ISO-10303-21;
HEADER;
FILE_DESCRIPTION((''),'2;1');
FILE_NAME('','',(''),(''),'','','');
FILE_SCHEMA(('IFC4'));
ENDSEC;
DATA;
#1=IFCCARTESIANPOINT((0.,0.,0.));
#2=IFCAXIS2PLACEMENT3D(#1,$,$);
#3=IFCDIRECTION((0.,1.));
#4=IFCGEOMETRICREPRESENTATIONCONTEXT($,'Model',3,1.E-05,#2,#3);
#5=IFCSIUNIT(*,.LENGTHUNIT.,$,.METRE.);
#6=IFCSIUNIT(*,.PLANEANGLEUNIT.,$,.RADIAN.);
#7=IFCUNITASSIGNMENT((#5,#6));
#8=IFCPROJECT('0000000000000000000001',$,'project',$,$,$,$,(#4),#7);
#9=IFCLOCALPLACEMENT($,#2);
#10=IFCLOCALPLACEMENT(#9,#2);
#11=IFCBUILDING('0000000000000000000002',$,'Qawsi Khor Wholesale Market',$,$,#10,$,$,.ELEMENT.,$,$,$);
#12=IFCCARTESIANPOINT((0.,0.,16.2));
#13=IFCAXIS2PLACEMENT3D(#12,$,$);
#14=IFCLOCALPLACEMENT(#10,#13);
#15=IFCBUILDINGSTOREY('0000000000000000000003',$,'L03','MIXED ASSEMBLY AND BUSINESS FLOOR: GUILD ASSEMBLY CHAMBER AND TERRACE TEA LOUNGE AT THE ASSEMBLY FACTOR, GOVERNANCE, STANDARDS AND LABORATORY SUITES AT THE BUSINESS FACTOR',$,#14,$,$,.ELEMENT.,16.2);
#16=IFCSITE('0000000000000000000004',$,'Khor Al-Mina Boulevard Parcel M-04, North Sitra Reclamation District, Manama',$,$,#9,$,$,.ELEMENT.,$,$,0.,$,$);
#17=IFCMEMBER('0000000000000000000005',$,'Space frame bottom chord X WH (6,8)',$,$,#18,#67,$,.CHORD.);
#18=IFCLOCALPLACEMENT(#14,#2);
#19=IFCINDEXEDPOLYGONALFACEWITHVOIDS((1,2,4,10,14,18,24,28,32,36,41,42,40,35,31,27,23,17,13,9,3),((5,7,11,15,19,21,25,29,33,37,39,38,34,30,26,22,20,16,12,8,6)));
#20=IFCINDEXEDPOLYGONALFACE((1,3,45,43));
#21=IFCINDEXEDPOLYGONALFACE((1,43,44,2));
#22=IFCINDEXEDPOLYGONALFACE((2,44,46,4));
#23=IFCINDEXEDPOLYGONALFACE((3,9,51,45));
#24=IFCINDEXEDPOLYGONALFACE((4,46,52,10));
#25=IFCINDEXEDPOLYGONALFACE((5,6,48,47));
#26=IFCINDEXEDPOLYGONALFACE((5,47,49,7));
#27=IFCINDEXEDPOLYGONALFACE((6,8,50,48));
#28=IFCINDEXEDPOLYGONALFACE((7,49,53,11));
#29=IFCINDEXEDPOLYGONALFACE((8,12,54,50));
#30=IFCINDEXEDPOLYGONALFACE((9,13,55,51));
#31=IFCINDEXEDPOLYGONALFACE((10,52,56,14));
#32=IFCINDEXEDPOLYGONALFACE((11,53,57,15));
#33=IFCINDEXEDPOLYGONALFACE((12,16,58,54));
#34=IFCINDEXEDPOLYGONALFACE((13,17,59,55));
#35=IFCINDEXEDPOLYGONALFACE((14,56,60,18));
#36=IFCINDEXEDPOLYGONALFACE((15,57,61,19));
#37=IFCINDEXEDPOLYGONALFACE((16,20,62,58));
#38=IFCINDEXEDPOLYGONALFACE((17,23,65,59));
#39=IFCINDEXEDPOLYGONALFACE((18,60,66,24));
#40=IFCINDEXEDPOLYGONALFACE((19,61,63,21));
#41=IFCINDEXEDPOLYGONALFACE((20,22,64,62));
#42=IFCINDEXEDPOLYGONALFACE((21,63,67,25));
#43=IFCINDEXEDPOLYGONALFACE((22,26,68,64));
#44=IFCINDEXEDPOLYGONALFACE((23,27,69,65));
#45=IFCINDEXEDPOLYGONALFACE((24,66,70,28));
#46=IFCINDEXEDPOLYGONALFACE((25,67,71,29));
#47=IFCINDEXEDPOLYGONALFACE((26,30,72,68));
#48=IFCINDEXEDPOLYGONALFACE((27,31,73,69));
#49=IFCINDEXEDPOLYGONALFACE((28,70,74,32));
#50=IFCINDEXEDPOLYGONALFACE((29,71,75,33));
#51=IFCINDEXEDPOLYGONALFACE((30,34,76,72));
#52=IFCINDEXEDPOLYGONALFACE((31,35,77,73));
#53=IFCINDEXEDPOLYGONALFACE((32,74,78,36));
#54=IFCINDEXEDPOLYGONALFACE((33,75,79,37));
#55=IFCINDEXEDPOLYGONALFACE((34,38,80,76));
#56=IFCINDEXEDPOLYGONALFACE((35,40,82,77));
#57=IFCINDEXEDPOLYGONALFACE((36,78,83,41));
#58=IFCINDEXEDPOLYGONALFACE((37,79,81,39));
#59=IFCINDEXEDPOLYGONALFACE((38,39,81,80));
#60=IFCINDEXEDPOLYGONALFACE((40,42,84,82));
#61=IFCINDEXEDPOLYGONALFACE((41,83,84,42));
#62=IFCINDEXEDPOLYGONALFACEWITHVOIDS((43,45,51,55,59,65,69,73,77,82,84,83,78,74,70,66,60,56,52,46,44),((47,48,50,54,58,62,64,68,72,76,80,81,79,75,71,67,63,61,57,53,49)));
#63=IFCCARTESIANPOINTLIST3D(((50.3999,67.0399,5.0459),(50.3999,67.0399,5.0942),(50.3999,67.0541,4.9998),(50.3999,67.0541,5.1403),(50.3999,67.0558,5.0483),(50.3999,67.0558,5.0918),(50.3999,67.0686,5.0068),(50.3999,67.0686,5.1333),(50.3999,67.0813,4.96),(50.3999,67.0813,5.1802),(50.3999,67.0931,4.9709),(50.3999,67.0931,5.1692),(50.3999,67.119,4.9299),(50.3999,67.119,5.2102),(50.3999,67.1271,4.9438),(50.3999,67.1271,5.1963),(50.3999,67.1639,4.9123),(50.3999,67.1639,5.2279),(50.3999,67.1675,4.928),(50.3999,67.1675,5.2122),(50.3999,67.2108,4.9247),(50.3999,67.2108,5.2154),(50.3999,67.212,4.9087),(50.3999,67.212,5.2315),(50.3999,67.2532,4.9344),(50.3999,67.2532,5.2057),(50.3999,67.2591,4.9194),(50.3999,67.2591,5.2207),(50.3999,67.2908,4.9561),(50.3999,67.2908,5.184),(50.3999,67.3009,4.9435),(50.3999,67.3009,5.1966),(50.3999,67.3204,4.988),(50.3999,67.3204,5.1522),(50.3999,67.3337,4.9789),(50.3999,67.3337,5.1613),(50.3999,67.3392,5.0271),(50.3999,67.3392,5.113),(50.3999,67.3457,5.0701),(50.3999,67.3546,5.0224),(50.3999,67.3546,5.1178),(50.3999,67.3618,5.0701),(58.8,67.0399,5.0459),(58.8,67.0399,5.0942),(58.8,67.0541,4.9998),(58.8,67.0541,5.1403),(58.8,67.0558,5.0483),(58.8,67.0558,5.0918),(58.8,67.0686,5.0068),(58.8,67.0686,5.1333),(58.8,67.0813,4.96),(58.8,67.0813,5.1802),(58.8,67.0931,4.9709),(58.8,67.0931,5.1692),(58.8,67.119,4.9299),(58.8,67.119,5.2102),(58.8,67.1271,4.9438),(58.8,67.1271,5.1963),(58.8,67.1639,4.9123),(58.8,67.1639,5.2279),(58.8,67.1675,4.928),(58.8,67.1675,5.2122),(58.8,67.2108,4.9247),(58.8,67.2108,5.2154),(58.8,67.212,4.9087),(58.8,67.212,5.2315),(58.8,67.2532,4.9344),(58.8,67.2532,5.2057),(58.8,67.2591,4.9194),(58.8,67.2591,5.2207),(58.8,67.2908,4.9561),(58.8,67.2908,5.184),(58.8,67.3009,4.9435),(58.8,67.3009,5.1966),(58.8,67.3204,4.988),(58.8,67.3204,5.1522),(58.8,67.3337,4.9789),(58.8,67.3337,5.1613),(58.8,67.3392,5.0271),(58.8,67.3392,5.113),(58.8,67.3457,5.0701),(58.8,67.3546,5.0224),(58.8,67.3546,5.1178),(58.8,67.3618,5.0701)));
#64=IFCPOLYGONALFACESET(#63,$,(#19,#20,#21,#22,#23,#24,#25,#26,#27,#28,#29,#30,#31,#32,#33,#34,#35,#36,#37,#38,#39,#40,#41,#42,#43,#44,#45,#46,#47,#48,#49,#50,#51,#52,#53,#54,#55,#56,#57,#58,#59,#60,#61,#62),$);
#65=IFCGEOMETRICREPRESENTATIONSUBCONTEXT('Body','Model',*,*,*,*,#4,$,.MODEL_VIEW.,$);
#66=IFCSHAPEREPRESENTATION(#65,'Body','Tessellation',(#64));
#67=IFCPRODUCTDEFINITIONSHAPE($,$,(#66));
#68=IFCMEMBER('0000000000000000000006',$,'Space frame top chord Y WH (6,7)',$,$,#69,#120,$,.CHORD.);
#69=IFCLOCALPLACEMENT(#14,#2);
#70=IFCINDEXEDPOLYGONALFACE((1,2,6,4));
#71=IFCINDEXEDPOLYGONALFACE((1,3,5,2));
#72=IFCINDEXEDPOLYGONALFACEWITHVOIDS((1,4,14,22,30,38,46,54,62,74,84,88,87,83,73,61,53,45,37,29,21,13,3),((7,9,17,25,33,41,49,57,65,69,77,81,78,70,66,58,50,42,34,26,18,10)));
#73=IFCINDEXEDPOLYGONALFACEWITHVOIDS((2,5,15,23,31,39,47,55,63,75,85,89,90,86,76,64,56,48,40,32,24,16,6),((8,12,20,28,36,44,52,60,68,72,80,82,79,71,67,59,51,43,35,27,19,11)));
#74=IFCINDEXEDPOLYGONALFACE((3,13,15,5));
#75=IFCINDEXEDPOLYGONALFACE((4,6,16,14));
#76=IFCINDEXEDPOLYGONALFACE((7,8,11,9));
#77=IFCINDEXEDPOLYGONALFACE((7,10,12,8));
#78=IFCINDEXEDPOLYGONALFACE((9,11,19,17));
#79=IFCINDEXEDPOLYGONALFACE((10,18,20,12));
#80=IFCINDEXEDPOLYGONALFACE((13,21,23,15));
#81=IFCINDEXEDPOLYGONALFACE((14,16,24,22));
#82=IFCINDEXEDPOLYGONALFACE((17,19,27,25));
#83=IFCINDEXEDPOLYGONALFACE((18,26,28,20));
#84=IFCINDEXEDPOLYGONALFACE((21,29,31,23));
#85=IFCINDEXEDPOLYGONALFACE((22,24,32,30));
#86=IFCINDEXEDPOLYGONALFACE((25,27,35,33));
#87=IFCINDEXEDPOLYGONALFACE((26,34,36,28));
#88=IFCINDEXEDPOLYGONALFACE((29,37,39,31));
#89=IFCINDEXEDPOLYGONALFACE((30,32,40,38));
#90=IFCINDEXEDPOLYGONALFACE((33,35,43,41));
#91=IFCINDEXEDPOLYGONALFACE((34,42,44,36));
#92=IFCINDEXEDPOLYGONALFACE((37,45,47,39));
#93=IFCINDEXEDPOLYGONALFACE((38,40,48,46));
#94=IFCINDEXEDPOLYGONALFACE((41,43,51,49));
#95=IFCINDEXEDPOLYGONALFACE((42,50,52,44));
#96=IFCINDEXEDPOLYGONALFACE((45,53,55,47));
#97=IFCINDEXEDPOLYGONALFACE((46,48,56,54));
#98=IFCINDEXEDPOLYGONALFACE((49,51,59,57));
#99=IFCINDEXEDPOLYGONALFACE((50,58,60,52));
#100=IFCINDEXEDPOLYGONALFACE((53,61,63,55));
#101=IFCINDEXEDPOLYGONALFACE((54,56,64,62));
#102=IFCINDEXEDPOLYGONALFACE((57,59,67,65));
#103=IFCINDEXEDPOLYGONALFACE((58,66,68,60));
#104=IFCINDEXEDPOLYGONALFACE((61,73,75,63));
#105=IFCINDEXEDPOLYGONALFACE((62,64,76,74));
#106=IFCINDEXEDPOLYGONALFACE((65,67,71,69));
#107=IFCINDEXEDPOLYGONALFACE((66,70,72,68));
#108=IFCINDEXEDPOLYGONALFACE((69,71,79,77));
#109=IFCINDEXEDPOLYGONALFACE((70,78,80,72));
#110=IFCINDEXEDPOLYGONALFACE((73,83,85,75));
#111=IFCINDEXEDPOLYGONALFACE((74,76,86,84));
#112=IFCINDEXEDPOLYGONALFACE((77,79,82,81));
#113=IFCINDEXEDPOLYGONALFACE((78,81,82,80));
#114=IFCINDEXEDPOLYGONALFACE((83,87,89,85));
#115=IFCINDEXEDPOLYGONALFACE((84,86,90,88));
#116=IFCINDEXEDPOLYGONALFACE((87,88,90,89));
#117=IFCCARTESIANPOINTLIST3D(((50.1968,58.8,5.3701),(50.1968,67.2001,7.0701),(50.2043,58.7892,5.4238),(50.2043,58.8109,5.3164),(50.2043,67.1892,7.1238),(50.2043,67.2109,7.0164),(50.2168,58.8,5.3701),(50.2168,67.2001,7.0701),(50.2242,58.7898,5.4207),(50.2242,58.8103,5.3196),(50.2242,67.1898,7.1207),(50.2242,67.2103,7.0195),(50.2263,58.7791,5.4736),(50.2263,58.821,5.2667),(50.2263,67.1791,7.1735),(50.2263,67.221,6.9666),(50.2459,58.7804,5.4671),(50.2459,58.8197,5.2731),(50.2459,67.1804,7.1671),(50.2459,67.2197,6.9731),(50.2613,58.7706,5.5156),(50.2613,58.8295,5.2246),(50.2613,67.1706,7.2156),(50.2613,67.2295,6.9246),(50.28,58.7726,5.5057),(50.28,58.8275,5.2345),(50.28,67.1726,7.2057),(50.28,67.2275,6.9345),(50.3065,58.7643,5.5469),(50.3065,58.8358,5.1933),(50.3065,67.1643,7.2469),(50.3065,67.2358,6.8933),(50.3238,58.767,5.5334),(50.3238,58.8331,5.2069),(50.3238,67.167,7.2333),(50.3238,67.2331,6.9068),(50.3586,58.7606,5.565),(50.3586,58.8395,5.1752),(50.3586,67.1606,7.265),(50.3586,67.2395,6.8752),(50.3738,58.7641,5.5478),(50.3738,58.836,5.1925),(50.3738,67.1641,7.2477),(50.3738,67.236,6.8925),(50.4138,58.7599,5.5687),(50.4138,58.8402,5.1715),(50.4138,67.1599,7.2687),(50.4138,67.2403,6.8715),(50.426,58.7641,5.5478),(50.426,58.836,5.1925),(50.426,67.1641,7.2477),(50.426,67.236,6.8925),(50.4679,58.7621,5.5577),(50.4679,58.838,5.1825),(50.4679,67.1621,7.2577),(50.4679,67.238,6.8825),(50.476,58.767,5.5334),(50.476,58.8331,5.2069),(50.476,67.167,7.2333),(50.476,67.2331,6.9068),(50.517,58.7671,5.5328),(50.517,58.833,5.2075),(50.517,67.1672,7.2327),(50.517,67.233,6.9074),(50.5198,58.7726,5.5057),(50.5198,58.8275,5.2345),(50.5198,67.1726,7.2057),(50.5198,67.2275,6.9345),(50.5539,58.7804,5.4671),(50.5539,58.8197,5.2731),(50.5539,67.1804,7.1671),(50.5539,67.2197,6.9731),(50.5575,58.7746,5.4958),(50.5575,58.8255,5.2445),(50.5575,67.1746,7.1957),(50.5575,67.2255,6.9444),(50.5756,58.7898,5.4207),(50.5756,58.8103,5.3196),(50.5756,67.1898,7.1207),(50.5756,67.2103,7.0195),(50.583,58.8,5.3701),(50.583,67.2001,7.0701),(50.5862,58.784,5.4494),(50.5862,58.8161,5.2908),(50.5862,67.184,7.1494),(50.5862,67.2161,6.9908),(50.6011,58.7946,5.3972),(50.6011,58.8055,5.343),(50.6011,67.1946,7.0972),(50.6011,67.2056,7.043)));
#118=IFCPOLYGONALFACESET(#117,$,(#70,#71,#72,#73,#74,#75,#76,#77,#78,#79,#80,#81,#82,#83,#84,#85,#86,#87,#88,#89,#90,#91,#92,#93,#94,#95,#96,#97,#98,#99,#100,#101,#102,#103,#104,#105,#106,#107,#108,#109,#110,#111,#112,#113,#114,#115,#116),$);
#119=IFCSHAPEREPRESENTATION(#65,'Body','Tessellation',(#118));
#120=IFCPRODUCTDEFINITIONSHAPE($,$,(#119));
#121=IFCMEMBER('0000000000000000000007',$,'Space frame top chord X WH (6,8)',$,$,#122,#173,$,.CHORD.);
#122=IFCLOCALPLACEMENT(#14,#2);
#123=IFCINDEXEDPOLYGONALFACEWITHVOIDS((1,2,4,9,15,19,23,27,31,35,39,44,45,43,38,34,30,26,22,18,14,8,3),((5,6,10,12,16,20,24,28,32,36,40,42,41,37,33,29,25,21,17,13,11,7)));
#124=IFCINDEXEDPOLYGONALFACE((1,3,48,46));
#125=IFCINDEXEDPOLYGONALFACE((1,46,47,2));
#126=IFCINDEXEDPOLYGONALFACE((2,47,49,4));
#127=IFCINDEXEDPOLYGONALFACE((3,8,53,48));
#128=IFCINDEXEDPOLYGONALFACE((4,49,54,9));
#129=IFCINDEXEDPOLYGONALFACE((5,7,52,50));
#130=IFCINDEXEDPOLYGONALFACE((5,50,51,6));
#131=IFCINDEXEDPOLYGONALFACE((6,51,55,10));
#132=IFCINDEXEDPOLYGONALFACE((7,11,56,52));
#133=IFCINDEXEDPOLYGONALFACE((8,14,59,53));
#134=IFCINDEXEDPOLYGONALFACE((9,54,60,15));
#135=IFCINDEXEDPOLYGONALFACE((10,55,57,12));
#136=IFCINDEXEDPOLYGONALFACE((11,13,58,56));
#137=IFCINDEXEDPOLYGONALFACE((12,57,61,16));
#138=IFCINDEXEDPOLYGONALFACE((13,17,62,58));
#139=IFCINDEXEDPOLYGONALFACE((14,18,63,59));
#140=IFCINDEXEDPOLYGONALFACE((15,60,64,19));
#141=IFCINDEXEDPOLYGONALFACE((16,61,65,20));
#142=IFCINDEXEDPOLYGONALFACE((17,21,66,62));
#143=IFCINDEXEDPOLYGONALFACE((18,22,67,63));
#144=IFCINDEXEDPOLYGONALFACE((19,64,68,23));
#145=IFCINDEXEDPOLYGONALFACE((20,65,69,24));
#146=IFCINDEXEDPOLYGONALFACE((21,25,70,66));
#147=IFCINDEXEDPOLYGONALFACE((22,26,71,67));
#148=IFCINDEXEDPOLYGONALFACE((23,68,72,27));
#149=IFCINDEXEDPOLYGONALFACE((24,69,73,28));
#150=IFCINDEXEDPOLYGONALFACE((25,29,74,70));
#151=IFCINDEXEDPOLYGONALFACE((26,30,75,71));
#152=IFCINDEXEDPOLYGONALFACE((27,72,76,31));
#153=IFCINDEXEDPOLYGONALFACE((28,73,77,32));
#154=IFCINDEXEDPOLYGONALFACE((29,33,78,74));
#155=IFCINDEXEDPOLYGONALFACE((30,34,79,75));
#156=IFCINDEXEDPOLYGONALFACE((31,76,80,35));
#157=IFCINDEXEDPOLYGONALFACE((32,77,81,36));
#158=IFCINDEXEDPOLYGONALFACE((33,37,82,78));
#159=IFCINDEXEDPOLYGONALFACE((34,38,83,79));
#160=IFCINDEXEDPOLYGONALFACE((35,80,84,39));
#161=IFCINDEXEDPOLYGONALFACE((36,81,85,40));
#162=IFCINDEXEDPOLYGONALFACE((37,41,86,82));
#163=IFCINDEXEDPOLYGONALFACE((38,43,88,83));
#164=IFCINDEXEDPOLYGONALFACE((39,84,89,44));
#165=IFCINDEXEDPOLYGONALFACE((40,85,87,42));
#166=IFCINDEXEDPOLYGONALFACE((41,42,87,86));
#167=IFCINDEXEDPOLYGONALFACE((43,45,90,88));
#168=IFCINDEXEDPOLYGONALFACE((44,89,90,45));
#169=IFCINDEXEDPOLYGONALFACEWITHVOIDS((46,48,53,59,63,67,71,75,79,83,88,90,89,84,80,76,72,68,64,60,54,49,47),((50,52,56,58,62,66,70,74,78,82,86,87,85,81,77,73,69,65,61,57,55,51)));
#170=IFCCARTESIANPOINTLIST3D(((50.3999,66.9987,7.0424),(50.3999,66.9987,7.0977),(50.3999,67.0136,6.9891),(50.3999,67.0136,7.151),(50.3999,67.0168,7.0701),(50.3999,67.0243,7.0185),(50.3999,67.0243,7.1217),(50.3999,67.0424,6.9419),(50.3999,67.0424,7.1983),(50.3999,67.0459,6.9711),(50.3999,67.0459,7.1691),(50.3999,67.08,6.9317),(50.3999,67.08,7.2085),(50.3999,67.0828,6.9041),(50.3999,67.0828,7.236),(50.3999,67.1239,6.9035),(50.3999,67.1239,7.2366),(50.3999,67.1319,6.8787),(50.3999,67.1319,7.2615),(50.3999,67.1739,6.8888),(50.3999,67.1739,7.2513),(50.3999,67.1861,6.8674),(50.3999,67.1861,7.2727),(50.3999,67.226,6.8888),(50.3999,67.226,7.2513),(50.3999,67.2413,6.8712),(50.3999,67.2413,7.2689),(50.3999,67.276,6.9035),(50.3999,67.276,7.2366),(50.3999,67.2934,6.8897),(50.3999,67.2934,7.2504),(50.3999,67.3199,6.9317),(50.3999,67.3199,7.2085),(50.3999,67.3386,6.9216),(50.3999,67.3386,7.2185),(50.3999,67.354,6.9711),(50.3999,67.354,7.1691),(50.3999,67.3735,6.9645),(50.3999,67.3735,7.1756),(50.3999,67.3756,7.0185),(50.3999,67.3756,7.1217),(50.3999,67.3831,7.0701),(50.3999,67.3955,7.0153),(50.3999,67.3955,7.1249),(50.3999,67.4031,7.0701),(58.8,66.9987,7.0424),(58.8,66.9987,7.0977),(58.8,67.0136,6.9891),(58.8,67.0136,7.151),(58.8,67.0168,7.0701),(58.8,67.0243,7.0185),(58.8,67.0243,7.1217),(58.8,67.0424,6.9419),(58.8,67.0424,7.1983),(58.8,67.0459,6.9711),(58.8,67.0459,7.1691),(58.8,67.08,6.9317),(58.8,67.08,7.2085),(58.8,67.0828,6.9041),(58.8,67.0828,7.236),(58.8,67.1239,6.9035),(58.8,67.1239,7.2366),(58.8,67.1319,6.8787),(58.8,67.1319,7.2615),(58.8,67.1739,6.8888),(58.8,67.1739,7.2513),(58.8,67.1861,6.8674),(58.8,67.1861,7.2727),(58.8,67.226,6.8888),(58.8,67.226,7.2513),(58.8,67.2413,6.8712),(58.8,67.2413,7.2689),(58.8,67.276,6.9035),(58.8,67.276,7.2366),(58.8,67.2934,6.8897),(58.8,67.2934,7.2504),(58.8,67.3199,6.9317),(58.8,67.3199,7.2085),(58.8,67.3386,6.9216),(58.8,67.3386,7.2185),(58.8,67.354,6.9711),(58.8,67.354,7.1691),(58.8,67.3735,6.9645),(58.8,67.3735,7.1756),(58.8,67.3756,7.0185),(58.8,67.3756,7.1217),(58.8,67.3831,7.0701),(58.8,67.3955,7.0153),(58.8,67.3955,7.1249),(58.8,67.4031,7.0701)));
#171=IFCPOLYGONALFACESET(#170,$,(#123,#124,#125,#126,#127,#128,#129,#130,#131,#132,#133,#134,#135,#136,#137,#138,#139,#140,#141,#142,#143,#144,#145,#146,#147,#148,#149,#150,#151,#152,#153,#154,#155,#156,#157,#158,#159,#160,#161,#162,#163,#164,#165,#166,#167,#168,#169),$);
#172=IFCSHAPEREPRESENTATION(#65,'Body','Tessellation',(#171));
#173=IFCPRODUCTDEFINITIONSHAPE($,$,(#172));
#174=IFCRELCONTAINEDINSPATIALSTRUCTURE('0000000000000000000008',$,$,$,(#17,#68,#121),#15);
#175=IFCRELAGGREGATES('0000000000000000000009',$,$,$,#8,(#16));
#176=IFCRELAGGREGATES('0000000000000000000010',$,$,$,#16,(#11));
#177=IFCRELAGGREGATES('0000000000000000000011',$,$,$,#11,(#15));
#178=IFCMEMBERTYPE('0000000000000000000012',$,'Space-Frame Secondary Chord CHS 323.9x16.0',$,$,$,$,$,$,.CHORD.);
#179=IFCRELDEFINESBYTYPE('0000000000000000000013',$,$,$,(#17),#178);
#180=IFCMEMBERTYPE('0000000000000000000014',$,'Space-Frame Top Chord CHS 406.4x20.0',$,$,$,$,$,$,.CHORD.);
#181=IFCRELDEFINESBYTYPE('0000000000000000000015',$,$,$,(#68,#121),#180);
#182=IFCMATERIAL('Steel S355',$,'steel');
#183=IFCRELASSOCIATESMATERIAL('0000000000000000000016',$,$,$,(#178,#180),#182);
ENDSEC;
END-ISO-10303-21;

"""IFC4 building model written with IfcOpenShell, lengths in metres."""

from ifc_helpers import new_model, si_unit, direction, frame, origin, origin_2d, place, context, subcontext, project, spatial, hollow_circle, extrude, material, material_profile, profile_set, type_object, element, save


model = new_model("IFC4")

# Units and contexts
model_context = context("Model", 3, precision=1e-05, world=origin(), true_north=direction((0.0, 1.0)))
body_context = subcontext(model_context, "Body", "Model", "MODEL_VIEW")
ifc_project = project(units=[si_unit("LENGTHUNIT", "METRE"), si_unit("PLANEANGLEUNIT", "RADIAN")], contexts=[model_context])

# Site, building, storey
site_placement = place(None, origin())
site = spatial("IfcSite", under=ifc_project, at=site_placement, Name="Khor Al-Mina Boulevard Parcel M-04, North Sitra Reclamation District, Manama", CompositionType="ELEMENT", RefElevation=0.0)
building_placement = place(site_placement, origin())
building = spatial("IfcBuilding", under=site, at=building_placement, Name="Qawsi Khor Wholesale Market", CompositionType="ELEMENT")
storey_placement = place(building_placement, frame((0.0, 0.0, 16.2)))
storey = spatial("IfcBuildingStorey", under=building, at=storey_placement, Name="L03", Description="MIXED ASSEMBLY AND BUSINESS FLOOR: GUILD ASSEMBLY CHAMBER AND TERRACE TEA LOUNGE AT THE ASSEMBLY FACTOR, GOVERNANCE, STANDARDS AND LABORATORY SUITES AT THE BUSINESS FACTOR", CompositionType="ELEMENT", Elevation=16.2)

# Members
ifc_material_1 = material(Name="Steel S355", Category="steel")
ifc_material_profile_1 = material_profile(ifc_material_1, hollow_circle(Radius=0.1619, WallThickness=0.0161, at=origin_2d()), Name="CHS 323.9x16.0")
ifc_profile_set_1 = profile_set([ifc_material_profile_1], Name="Steel S355")
member_type_1 = type_object("IfcMemberType", Name="Space-Frame Secondary Chord CHS 323.9x16.0", PredefinedType="CHORD", material=ifc_profile_set_1)
member_1_placement = place(storey_placement, frame((50.3999, 67.2, 5.0701), z_axis=(1.0, 0.0, 0.0), x_axis=(0.0, 1.0, 0.0)))
element("IfcMember", 1, at=member_1_placement, inside=storey, type_object=member_type_1, Name="Space frame bottom chord X WH (6,8)", PredefinedType="CHORD", context=body_context, shape_type="SweptSolid", body=[
    extrude(hollow_circle(Radius=0.1619, WallThickness=0.0161, at=origin_2d()), origin(), (0.0, 0.0, 1.0), 8.4001),
])
ifc_material_profile_2 = material_profile(ifc_material_1, hollow_circle(Radius=0.2031, WallThickness=0.02, at=origin_2d()), Name="CHS 406.4x20.0")
ifc_profile_set_2 = profile_set([ifc_material_profile_2], Name="Steel S355")
member_type_2 = type_object("IfcMemberType", Name="Space-Frame Top Chord CHS 406.4x20.0", PredefinedType="CHORD", material=ifc_profile_set_2)
member_2_placement = place(storey_placement, frame((50.3999, 58.8, 5.3701), z_axis=(0.0, 0.98013, 0.198356), x_axis=(-1.0, 0.0, 0.0)))
element("IfcMember", 2, at=member_2_placement, inside=storey, type_object=member_type_2, Name="Space frame top chord Y WH (6,7)", PredefinedType="CHORD", context=body_context, shape_type="SweptSolid", body=[
    extrude(hollow_circle(Radius=0.2031, WallThickness=0.02, at=origin_2d()), origin(), (0.0, 0.0, 1.0), 8.5703),
])
member_3_placement = place(storey_placement, frame((50.3999, 67.2, 7.0701), z_axis=(1.0, 0.0, 0.0), x_axis=(0.0, 1.0, 0.0)))
element("IfcMember", 3, at=member_3_placement, inside=storey, type_object=member_type_2, Name="Space frame top chord X WH (6,8)", PredefinedType="CHORD", context=body_context, shape_type="SweptSolid", body=[
    extrude(hollow_circle(Radius=0.2031, WallThickness=0.02, at=origin_2d()), origin(), (0.0, 0.0, 1.0), 8.4001),
])

save(model, "model.ifc")
